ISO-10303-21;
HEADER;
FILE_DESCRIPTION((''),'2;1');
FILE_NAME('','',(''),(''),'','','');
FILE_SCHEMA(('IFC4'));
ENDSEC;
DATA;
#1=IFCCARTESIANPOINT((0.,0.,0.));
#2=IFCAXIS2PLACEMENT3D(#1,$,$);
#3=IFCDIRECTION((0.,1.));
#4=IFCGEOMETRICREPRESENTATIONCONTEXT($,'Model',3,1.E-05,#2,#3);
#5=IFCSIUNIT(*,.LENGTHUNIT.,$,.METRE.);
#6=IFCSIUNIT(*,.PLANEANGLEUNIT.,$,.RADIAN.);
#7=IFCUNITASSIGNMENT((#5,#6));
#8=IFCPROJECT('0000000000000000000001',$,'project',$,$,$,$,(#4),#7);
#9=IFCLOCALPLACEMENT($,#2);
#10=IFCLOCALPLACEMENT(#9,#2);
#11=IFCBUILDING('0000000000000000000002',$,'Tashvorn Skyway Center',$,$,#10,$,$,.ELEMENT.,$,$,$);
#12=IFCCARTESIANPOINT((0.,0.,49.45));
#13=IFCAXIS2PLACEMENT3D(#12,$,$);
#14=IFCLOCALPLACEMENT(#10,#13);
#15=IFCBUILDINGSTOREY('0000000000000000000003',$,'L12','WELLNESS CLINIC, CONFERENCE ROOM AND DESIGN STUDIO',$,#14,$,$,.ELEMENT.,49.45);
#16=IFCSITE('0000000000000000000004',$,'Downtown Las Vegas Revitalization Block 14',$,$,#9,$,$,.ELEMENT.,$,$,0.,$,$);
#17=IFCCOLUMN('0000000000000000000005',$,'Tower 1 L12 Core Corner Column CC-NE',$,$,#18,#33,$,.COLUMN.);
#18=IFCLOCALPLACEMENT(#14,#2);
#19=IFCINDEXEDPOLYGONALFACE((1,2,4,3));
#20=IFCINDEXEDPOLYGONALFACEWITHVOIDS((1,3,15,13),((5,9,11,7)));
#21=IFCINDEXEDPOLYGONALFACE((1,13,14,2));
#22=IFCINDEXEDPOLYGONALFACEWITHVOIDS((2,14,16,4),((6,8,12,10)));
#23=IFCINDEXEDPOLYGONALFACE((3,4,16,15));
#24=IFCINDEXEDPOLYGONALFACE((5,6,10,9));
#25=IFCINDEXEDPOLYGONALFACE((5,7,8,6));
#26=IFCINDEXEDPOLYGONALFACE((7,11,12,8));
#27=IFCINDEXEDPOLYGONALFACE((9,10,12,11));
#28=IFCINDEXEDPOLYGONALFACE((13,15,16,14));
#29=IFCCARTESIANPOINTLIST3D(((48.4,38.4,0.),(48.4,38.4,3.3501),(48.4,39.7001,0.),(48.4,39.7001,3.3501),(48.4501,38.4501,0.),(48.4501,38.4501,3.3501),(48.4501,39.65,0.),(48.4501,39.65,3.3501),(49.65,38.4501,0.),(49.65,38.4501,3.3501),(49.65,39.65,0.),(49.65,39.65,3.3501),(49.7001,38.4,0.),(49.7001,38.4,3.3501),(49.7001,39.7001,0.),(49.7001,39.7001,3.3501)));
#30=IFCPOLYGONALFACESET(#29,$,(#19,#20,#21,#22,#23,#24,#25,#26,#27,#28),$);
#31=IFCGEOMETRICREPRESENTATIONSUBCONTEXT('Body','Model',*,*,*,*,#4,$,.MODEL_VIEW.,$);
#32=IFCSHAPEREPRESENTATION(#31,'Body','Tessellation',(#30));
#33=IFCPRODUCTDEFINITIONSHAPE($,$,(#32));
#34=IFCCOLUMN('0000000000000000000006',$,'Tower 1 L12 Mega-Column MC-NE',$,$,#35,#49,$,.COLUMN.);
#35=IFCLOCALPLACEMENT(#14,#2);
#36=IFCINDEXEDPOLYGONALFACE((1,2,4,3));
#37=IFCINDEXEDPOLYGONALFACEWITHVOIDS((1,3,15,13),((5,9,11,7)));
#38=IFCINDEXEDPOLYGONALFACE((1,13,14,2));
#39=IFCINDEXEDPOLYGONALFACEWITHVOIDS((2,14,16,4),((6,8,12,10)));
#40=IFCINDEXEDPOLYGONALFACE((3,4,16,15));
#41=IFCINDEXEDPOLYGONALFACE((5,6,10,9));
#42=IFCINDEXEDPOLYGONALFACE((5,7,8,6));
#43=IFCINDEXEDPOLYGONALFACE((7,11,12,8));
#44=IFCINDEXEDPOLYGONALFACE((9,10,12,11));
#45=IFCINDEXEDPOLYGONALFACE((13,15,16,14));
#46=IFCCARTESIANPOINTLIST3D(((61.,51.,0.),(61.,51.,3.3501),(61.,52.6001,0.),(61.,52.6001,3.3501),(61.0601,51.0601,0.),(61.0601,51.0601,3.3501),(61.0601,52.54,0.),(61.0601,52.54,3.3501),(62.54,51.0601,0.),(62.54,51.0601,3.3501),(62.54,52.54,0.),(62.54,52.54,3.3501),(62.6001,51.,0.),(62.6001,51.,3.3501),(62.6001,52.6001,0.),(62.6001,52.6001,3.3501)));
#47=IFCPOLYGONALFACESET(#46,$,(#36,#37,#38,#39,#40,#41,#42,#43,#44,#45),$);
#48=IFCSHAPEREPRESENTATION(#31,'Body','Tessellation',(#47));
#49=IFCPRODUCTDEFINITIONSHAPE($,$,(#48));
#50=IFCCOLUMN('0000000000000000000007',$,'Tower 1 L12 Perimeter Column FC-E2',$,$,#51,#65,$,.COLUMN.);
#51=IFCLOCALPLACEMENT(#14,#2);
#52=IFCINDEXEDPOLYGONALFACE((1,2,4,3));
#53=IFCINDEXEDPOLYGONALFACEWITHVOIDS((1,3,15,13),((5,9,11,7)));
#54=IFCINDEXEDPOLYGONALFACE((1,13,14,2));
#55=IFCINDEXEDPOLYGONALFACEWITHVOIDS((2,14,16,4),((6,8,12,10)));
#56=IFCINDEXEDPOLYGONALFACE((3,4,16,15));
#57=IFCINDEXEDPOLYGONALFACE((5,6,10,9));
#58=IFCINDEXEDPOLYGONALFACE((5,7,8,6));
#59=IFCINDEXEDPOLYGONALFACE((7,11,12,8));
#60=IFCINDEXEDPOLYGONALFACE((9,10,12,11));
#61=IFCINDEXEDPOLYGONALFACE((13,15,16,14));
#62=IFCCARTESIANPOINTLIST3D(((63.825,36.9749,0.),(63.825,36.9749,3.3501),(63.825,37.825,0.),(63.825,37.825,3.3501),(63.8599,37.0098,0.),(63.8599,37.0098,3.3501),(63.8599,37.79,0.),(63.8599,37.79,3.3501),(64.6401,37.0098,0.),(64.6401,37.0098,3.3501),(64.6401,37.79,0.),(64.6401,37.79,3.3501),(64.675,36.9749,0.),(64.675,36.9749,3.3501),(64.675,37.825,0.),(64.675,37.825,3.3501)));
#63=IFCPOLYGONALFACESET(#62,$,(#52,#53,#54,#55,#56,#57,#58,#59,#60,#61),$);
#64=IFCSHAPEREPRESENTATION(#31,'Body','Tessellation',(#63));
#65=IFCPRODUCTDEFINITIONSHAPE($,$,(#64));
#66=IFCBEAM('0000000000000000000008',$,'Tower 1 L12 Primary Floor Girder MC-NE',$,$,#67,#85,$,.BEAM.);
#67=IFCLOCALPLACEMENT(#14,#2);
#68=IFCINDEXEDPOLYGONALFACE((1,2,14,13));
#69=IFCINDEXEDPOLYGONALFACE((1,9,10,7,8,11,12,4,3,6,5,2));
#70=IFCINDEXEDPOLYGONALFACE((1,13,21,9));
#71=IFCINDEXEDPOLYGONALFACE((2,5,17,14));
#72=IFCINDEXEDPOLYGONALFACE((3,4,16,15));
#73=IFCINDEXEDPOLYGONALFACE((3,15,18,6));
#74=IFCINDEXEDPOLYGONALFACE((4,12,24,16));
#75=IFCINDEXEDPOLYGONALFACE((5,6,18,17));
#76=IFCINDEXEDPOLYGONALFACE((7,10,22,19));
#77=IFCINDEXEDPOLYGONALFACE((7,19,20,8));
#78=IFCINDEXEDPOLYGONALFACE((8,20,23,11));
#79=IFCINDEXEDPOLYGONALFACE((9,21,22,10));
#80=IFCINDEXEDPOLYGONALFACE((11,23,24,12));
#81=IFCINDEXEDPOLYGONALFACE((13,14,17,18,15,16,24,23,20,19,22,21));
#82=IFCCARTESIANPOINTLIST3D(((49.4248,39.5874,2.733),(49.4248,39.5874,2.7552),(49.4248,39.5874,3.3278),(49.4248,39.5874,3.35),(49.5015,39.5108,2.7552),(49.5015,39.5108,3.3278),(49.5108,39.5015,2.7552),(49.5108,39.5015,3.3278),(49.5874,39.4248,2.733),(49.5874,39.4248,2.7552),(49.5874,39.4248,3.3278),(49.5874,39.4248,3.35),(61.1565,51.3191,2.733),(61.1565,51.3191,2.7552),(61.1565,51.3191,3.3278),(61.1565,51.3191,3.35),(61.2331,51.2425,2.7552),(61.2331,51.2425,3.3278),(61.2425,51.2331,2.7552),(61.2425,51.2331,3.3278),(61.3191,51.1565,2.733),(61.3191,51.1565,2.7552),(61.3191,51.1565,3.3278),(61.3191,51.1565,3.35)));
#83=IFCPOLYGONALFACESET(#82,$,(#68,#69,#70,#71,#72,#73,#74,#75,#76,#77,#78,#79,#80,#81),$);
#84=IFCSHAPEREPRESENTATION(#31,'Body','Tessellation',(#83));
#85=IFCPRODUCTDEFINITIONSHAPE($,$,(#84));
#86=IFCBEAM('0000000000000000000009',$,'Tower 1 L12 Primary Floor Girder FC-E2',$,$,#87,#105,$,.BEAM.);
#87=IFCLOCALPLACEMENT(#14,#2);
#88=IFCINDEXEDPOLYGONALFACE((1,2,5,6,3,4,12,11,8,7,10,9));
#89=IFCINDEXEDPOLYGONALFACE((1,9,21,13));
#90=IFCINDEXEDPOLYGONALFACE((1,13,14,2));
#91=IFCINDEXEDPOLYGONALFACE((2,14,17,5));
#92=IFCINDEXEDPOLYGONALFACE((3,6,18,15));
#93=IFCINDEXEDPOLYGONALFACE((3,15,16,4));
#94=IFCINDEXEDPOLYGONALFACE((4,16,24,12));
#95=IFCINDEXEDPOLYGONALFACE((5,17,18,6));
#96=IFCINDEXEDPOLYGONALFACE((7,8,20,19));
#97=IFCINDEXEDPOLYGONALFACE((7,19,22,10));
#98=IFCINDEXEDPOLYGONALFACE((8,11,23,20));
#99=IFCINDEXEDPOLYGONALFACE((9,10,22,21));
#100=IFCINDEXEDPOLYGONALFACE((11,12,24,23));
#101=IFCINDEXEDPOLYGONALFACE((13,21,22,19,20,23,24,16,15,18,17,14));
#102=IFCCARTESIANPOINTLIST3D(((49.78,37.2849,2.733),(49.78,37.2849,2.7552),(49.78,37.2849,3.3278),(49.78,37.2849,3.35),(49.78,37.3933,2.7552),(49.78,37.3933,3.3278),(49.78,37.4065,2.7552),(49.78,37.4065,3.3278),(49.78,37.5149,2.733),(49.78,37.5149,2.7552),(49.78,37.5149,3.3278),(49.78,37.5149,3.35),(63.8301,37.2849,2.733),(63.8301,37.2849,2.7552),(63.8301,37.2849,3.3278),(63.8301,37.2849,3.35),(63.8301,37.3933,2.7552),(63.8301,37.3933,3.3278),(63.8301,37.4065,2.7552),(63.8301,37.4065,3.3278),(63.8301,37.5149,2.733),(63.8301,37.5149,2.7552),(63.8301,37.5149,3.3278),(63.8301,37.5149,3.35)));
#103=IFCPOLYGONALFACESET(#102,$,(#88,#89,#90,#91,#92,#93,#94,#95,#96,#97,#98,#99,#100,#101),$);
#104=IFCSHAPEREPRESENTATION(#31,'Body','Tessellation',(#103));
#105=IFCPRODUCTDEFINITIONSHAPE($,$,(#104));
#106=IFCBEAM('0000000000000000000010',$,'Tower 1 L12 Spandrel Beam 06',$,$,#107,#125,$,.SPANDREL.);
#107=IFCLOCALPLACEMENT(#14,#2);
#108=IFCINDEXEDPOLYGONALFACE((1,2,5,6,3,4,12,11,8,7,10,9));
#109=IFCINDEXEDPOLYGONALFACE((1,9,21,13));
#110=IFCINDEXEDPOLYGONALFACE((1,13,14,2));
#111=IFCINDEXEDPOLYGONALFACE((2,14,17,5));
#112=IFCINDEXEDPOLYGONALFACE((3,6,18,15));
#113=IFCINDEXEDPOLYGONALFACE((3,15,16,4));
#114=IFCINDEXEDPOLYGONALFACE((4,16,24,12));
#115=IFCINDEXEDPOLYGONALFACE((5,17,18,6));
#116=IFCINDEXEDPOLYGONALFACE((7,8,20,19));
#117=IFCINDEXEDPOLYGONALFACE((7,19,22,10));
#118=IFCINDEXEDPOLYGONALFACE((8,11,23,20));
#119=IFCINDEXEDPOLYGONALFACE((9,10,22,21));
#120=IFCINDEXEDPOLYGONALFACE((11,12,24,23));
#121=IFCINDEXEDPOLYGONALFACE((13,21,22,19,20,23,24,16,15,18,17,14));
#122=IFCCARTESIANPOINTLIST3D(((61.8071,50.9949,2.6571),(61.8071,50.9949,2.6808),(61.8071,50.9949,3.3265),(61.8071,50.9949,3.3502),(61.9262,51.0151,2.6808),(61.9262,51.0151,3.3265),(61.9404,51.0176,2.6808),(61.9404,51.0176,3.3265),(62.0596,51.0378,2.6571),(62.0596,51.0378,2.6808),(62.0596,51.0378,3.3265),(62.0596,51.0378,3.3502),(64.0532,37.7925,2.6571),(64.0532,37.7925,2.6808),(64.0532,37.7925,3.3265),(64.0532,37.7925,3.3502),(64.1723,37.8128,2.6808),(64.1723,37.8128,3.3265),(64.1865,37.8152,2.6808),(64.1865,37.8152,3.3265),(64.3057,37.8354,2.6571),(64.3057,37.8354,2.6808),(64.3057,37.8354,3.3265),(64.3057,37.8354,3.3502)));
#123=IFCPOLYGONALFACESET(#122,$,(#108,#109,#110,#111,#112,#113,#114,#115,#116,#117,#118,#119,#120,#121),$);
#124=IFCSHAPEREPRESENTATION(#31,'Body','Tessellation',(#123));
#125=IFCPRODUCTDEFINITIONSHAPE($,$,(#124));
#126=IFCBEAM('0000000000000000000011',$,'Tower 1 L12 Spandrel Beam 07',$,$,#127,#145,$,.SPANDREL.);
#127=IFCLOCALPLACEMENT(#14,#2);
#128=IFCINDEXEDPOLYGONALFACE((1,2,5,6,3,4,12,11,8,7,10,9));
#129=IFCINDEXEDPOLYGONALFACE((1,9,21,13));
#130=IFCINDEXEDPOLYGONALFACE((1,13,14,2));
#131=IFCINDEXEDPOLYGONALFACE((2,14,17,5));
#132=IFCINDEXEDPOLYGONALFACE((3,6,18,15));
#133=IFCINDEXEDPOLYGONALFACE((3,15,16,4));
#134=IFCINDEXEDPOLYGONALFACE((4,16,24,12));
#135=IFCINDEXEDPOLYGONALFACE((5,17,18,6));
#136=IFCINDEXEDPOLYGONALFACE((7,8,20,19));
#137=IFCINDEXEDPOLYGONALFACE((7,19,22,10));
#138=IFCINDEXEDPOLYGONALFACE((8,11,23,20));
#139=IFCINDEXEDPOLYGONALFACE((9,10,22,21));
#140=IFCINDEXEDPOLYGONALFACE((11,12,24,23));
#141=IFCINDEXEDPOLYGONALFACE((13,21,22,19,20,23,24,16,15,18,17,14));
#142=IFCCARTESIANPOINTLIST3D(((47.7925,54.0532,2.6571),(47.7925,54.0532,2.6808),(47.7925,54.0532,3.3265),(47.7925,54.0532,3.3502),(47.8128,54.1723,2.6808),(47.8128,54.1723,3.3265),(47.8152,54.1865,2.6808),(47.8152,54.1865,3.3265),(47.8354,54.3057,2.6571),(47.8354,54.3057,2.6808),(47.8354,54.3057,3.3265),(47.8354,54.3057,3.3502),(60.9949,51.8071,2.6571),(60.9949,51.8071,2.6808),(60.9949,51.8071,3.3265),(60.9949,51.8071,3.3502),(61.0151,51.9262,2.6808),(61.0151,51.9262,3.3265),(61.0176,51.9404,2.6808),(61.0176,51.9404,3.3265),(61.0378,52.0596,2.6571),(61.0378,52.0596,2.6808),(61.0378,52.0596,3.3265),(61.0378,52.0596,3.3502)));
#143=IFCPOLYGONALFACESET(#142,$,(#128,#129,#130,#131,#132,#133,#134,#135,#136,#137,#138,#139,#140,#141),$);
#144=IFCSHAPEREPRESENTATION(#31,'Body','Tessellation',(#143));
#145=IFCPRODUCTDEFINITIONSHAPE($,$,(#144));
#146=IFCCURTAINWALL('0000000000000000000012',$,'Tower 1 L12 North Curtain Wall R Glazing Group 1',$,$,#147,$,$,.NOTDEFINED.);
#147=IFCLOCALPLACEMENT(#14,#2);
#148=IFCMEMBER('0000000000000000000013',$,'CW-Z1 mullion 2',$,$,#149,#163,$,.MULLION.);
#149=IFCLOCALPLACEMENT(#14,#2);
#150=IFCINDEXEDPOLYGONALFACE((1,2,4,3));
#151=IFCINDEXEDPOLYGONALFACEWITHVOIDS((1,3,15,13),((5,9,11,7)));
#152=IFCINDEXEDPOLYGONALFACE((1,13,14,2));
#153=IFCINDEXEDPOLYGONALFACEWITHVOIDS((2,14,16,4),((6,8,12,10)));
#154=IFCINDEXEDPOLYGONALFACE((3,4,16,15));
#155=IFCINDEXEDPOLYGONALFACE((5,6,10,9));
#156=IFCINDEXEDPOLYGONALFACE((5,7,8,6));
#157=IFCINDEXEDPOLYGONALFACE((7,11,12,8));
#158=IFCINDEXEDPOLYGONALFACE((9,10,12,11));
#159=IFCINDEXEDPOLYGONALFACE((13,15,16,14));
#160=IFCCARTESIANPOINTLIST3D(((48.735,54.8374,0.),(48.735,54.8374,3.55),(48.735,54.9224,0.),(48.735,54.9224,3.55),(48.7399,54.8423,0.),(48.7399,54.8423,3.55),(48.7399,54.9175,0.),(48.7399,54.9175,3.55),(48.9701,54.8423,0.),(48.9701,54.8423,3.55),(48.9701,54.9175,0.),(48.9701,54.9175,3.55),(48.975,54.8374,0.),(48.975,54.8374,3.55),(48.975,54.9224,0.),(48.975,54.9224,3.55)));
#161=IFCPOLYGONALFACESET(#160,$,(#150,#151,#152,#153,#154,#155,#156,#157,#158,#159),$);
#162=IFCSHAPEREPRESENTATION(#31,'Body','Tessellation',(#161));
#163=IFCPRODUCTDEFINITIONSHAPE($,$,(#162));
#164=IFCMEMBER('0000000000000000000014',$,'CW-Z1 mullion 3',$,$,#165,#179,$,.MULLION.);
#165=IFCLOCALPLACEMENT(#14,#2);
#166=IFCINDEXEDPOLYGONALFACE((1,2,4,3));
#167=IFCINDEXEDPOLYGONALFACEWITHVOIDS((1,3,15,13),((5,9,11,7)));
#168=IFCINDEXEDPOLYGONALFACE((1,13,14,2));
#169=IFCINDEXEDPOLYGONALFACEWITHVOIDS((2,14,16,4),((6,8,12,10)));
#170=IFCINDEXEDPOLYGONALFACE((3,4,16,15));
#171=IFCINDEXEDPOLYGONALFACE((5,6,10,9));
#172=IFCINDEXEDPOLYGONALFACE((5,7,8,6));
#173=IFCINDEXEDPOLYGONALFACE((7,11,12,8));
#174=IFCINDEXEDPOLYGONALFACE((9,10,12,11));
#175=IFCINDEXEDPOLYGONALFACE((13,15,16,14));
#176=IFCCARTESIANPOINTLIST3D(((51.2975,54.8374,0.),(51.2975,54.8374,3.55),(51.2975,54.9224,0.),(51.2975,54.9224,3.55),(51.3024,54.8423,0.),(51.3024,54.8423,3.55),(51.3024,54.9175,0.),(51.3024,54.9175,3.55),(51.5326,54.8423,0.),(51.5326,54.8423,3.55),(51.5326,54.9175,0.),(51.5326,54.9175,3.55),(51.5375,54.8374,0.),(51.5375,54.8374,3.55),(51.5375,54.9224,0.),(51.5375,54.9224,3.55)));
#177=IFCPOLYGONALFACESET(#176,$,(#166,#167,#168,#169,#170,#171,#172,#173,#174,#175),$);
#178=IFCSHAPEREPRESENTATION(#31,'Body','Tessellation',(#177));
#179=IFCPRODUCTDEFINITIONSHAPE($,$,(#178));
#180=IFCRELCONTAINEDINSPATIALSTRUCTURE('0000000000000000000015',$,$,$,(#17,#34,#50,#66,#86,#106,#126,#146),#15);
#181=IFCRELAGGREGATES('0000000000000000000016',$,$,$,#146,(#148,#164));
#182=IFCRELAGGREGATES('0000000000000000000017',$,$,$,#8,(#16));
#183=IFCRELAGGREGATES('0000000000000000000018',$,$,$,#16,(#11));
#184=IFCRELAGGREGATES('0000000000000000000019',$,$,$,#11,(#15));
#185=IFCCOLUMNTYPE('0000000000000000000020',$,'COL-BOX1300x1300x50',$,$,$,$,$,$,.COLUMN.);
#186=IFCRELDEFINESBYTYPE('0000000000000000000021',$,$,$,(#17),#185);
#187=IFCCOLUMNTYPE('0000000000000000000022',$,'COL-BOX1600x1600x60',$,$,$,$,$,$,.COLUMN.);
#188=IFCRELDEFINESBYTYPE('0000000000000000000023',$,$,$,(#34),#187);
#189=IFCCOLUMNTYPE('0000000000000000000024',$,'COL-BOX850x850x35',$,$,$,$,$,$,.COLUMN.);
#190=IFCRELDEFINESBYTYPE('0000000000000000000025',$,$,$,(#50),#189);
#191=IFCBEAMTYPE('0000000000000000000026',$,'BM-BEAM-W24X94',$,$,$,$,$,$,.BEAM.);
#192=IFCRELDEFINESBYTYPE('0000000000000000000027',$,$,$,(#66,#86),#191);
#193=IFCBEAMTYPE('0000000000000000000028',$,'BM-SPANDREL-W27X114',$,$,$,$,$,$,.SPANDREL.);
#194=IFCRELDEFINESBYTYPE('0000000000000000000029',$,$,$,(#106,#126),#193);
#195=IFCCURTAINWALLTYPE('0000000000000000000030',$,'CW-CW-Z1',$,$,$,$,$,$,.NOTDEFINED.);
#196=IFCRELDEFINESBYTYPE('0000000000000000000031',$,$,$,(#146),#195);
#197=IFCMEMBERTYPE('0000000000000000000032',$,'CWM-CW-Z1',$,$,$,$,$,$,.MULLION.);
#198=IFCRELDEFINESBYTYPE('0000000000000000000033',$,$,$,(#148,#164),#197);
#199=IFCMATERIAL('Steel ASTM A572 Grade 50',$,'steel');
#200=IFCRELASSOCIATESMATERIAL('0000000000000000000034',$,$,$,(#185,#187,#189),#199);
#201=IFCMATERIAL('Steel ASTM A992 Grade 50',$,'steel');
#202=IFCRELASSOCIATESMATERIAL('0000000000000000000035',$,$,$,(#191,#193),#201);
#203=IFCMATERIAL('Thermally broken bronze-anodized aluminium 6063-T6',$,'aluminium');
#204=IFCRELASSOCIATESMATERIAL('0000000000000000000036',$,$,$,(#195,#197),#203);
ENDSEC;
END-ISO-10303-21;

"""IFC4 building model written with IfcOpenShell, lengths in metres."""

from ifc_helpers import new_model, si_unit, direction, frame, origin, origin_2d, place, context, subcontext, project, spatial, hollow_rectangle, i_section, extrude, material, material_profile, profile_set, type_object, element, aggregate, save


model = new_model("IFC4")

# Units and contexts
model_context = context("Model", 3, precision=1e-05, world=origin(), true_north=direction((0.0, 1.0)))
body_context = subcontext(model_context, "Body", "Model", "MODEL_VIEW")
ifc_project = project(units=[si_unit("LENGTHUNIT", "METRE"), si_unit("PLANEANGLEUNIT", "RADIAN")], contexts=[model_context])

# Site, building, storey
site_placement = place(None, origin())
site = spatial("IfcSite", under=ifc_project, at=site_placement, Name="Downtown Las Vegas Revitalization Block 14", CompositionType="ELEMENT", RefElevation=0.0)
building_placement = place(site_placement, origin())
building = spatial("IfcBuilding", under=site, at=building_placement, Name="Tashvorn Skyway Center", CompositionType="ELEMENT")
storey_placement = place(building_placement, frame((0.0, 0.0, 49.45)))
storey = spatial("IfcBuildingStorey", under=building, at=storey_placement, Name="L12", Description="WELLNESS CLINIC, CONFERENCE ROOM AND DESIGN STUDIO", CompositionType="ELEMENT", Elevation=49.45)

# Columns
ifc_material_1 = material(Name="Steel ASTM A572 Grade 50", Category="steel")
ifc_material_profile_1 = material_profile(ifc_material_1, hollow_rectangle(XDim=1.3, YDim=1.3, WallThickness=0.05, at=origin_2d()), Name="BOX1300x1300x50")
ifc_profile_set_1 = profile_set([ifc_material_profile_1], Name="Steel ASTM A572 Grade 50")
column_type_1 = type_object("IfcColumnType", Name="COL-BOX1300x1300x50", PredefinedType="COLUMN", material=ifc_profile_set_1)
column_1_placement = place(storey_placement, frame((49.05, 39.05, 0.0), z_axis=(0.0, 0.0, 1.0), x_axis=(1.0, 0.0, 0.0)))
element("IfcColumn", 1, at=column_1_placement, inside=storey, type_object=column_type_1, Name="Tower 1 L12 Core Corner Column CC-NE", PredefinedType="COLUMN", context=body_context, shape_type="SweptSolid", body=[
    extrude(hollow_rectangle(XDim=1.3, YDim=1.3, WallThickness=0.05, at=origin_2d()), origin(), (0.0, 0.0, 1.0), 3.3501),
])
ifc_material_profile_2 = material_profile(ifc_material_1, hollow_rectangle(XDim=1.6001, YDim=1.6001, WallThickness=0.0601, at=origin_2d()), Name="BOX1600x1600x60")
ifc_profile_set_2 = profile_set([ifc_material_profile_2], Name="Steel ASTM A572 Grade 50")
column_type_2 = type_object("IfcColumnType", Name="COL-BOX1600x1600x60", PredefinedType="COLUMN", material=ifc_profile_set_2)
column_2_placement = place(storey_placement, frame((61.8, 51.8, 0.0), z_axis=(0.0, 0.0, 1.0), x_axis=(1.0, 0.0, 0.0)))
element("IfcColumn", 2, at=column_2_placement, inside=storey, type_object=column_type_2, Name="Tower 1 L12 Mega-Column MC-NE", PredefinedType="COLUMN", context=body_context, shape_type="SweptSolid", body=[
    extrude(hollow_rectangle(XDim=1.6001, YDim=1.6001, WallThickness=0.0601, at=origin_2d()), origin(), (0.0, 0.0, 1.0), 3.3501),
])
ifc_material_profile_3 = material_profile(ifc_material_1, hollow_rectangle(XDim=0.8501, YDim=0.8501, WallThickness=0.0349, at=origin_2d()), Name="BOX850x850x35")
ifc_profile_set_3 = profile_set([ifc_material_profile_3], Name="Steel ASTM A572 Grade 50")
column_type_3 = type_object("IfcColumnType", Name="COL-BOX850x850x35", PredefinedType="COLUMN", material=ifc_profile_set_3)
column_3_placement = place(storey_placement, frame((64.25, 37.3999, 0.0), z_axis=(0.0, 0.0, 1.0), x_axis=(1.0, 0.0, 0.0)))
element("IfcColumn", 3, at=column_3_placement, inside=storey, type_object=column_type_3, Name="Tower 1 L12 Perimeter Column FC-E2", PredefinedType="COLUMN", context=body_context, shape_type="SweptSolid", body=[
    extrude(hollow_rectangle(XDim=0.8501, YDim=0.8501, WallThickness=0.0349, at=origin_2d()), origin(), (0.0, 0.0, 1.0), 3.3501),
])

# Beams
ifc_material_2 = material(Name="Steel ASTM A992 Grade 50", Category="steel")
ifc_material_profile_4 = material_profile(ifc_material_2, i_section(OverallWidth=0.23, OverallDepth=0.6169, WebThickness=0.0132, FlangeThickness=0.0222, at=origin_2d()), Name="W24X94")
ifc_profile_set_4 = profile_set([ifc_material_profile_4], Name="Steel ASTM A992 Grade 50")
beam_type_1 = type_object("IfcBeamType", Name="BM-BEAM-W24X94", PredefinedType="BEAM", material=ifc_profile_set_4)
beam_1_placement = place(storey_placement, frame((61.2378, 51.2378, 3.0415), z_axis=(-0.707107, -0.707107, 0.0), x_axis=(0.707107, -0.707107, 0.0)))
element("IfcBeam", 4, at=beam_1_placement, inside=storey, type_object=beam_type_1, Name="Tower 1 L12 Primary Floor Girder MC-NE", PredefinedType="BEAM", context=body_context, shape_type="SweptSolid", body=[
    extrude(i_section(OverallWidth=0.23, OverallDepth=0.6169, WebThickness=0.0132, FlangeThickness=0.0222, at=origin_2d()), origin(), (0.0, 0.0, 1.0), 16.5911),
])
beam_2_placement = place(storey_placement, frame((63.8301, 37.3999, 3.0415), z_axis=(-1.0, 0.0, 0.0), x_axis=(0.0, -1.0, 0.0)))
element("IfcBeam", 5, at=beam_2_placement, inside=storey, type_object=beam_type_1, Name="Tower 1 L12 Primary Floor Girder FC-E2", PredefinedType="BEAM", context=body_context, shape_type="SweptSolid", body=[
    extrude(i_section(OverallWidth=0.23, OverallDepth=0.6169, WebThickness=0.0132, FlangeThickness=0.0222, at=origin_2d()), origin(), (0.0, 0.0, 1.0), 14.05),
])
ifc_material_profile_5 = material_profile(ifc_material_2, i_section(OverallWidth=0.2561, OverallDepth=0.6931, WebThickness=0.0144, FlangeThickness=0.0237, at=origin_2d()), Name="W27X114")
ifc_profile_set_5 = profile_set([ifc_material_profile_5], Name="Steel ASTM A992 Grade 50")
beam_type_2 = type_object("IfcBeamType", Name="BM-SPANDREL-W27X114", PredefinedType="SPANDREL", material=ifc_profile_set_5)
for number, where, z_axis, x_axis, name in (
    (6, (64.1794, 37.814, 3.0037), (-0.167718, 0.985835, 0.0), (-0.985835, -0.167718, 0.0), "Tower 1 L12 Spandrel Beam 06"),
    (7, (61.0164, 51.9333, 3.0037), (-0.985835, 0.167718, 0.0), (-0.167718, -0.985835, 0.0), "Tower 1 L12 Spandrel Beam 07"),
):
    element("IfcBeam", number, at=place(storey_placement, frame(where, z_axis=z_axis, x_axis=x_axis)), inside=storey, type_object=beam_type_2, Name=name, PredefinedType="SPANDREL", context=body_context, shape_type="SweptSolid", body=[
        extrude(i_section(OverallWidth=0.2561, OverallDepth=0.6931, WebThickness=0.0144, FlangeThickness=0.0237, at=origin_2d()), origin(), (0.0, 0.0, 1.0), 13.3921),
    ])

# Curtain wall, members
ifc_material_3 = material(Name="Thermally broken bronze-anodized aluminium 6063-T6", Category="aluminium")
curtain_wall_type = type_object("IfcCurtainWallType", Name="CW-CW-Z1", PredefinedType="NOTDEFINED", material=ifc_material_3)
curtain_wall_1_placement = place(storey_placement, origin())
curtain_wall_1 = element("IfcCurtainWall", 8, at=curtain_wall_1_placement, inside=storey, type_object=curtain_wall_type, Name="Tower 1 L12 North Curtain Wall R Glazing Group 1", PredefinedType="NOTDEFINED")
ifc_material_profile_6 = material_profile(ifc_material_3, hollow_rectangle(XDim=0.085, YDim=0.24, WallThickness=0.0049, at=origin_2d()), Name="ALU-MULL-85x240")
ifc_profile_set_6 = profile_set([ifc_material_profile_6], Name="Thermally broken bronze-anodized aluminium 6063-T6")
member_type_1 = type_object("IfcMemberType", Name="CWM-CW-Z1", PredefinedType="MULLION", material=ifc_profile_set_6)
member_1_placement = place(storey_placement, frame((48.855, 54.8799, 0.0), z_axis=(0.0, 0.0, 1.0), x_axis=(0.0, 1.0, 0.0)))
member_1 = element("IfcMember", 9, at=member_1_placement, type_object=member_type_1, Name="CW-Z1 mullion 2", PredefinedType="MULLION", context=body_context, shape_type="SweptSolid", body=[
    extrude(hollow_rectangle(XDim=0.085, YDim=0.24, WallThickness=0.0049, at=origin_2d()), origin(), (0.0, 0.0, 1.0), 3.55),
])
member_2_placement = place(storey_placement, frame((51.4175, 54.8799, 0.0), z_axis=(0.0, 0.0, 1.0), x_axis=(0.0, 1.0, 0.0)))
member_2 = element("IfcMember", 10, at=member_2_placement, type_object=member_type_1, Name="CW-Z1 mullion 3", PredefinedType="MULLION", context=body_context, shape_type="SweptSolid", body=[
    extrude(hollow_rectangle(XDim=0.085, YDim=0.24, WallThickness=0.0049, at=origin_2d()), origin(), (0.0, 0.0, 1.0), 3.55),
])

aggregate(curtain_wall_1, [member_1, member_2])

save(model, "model.ifc")
